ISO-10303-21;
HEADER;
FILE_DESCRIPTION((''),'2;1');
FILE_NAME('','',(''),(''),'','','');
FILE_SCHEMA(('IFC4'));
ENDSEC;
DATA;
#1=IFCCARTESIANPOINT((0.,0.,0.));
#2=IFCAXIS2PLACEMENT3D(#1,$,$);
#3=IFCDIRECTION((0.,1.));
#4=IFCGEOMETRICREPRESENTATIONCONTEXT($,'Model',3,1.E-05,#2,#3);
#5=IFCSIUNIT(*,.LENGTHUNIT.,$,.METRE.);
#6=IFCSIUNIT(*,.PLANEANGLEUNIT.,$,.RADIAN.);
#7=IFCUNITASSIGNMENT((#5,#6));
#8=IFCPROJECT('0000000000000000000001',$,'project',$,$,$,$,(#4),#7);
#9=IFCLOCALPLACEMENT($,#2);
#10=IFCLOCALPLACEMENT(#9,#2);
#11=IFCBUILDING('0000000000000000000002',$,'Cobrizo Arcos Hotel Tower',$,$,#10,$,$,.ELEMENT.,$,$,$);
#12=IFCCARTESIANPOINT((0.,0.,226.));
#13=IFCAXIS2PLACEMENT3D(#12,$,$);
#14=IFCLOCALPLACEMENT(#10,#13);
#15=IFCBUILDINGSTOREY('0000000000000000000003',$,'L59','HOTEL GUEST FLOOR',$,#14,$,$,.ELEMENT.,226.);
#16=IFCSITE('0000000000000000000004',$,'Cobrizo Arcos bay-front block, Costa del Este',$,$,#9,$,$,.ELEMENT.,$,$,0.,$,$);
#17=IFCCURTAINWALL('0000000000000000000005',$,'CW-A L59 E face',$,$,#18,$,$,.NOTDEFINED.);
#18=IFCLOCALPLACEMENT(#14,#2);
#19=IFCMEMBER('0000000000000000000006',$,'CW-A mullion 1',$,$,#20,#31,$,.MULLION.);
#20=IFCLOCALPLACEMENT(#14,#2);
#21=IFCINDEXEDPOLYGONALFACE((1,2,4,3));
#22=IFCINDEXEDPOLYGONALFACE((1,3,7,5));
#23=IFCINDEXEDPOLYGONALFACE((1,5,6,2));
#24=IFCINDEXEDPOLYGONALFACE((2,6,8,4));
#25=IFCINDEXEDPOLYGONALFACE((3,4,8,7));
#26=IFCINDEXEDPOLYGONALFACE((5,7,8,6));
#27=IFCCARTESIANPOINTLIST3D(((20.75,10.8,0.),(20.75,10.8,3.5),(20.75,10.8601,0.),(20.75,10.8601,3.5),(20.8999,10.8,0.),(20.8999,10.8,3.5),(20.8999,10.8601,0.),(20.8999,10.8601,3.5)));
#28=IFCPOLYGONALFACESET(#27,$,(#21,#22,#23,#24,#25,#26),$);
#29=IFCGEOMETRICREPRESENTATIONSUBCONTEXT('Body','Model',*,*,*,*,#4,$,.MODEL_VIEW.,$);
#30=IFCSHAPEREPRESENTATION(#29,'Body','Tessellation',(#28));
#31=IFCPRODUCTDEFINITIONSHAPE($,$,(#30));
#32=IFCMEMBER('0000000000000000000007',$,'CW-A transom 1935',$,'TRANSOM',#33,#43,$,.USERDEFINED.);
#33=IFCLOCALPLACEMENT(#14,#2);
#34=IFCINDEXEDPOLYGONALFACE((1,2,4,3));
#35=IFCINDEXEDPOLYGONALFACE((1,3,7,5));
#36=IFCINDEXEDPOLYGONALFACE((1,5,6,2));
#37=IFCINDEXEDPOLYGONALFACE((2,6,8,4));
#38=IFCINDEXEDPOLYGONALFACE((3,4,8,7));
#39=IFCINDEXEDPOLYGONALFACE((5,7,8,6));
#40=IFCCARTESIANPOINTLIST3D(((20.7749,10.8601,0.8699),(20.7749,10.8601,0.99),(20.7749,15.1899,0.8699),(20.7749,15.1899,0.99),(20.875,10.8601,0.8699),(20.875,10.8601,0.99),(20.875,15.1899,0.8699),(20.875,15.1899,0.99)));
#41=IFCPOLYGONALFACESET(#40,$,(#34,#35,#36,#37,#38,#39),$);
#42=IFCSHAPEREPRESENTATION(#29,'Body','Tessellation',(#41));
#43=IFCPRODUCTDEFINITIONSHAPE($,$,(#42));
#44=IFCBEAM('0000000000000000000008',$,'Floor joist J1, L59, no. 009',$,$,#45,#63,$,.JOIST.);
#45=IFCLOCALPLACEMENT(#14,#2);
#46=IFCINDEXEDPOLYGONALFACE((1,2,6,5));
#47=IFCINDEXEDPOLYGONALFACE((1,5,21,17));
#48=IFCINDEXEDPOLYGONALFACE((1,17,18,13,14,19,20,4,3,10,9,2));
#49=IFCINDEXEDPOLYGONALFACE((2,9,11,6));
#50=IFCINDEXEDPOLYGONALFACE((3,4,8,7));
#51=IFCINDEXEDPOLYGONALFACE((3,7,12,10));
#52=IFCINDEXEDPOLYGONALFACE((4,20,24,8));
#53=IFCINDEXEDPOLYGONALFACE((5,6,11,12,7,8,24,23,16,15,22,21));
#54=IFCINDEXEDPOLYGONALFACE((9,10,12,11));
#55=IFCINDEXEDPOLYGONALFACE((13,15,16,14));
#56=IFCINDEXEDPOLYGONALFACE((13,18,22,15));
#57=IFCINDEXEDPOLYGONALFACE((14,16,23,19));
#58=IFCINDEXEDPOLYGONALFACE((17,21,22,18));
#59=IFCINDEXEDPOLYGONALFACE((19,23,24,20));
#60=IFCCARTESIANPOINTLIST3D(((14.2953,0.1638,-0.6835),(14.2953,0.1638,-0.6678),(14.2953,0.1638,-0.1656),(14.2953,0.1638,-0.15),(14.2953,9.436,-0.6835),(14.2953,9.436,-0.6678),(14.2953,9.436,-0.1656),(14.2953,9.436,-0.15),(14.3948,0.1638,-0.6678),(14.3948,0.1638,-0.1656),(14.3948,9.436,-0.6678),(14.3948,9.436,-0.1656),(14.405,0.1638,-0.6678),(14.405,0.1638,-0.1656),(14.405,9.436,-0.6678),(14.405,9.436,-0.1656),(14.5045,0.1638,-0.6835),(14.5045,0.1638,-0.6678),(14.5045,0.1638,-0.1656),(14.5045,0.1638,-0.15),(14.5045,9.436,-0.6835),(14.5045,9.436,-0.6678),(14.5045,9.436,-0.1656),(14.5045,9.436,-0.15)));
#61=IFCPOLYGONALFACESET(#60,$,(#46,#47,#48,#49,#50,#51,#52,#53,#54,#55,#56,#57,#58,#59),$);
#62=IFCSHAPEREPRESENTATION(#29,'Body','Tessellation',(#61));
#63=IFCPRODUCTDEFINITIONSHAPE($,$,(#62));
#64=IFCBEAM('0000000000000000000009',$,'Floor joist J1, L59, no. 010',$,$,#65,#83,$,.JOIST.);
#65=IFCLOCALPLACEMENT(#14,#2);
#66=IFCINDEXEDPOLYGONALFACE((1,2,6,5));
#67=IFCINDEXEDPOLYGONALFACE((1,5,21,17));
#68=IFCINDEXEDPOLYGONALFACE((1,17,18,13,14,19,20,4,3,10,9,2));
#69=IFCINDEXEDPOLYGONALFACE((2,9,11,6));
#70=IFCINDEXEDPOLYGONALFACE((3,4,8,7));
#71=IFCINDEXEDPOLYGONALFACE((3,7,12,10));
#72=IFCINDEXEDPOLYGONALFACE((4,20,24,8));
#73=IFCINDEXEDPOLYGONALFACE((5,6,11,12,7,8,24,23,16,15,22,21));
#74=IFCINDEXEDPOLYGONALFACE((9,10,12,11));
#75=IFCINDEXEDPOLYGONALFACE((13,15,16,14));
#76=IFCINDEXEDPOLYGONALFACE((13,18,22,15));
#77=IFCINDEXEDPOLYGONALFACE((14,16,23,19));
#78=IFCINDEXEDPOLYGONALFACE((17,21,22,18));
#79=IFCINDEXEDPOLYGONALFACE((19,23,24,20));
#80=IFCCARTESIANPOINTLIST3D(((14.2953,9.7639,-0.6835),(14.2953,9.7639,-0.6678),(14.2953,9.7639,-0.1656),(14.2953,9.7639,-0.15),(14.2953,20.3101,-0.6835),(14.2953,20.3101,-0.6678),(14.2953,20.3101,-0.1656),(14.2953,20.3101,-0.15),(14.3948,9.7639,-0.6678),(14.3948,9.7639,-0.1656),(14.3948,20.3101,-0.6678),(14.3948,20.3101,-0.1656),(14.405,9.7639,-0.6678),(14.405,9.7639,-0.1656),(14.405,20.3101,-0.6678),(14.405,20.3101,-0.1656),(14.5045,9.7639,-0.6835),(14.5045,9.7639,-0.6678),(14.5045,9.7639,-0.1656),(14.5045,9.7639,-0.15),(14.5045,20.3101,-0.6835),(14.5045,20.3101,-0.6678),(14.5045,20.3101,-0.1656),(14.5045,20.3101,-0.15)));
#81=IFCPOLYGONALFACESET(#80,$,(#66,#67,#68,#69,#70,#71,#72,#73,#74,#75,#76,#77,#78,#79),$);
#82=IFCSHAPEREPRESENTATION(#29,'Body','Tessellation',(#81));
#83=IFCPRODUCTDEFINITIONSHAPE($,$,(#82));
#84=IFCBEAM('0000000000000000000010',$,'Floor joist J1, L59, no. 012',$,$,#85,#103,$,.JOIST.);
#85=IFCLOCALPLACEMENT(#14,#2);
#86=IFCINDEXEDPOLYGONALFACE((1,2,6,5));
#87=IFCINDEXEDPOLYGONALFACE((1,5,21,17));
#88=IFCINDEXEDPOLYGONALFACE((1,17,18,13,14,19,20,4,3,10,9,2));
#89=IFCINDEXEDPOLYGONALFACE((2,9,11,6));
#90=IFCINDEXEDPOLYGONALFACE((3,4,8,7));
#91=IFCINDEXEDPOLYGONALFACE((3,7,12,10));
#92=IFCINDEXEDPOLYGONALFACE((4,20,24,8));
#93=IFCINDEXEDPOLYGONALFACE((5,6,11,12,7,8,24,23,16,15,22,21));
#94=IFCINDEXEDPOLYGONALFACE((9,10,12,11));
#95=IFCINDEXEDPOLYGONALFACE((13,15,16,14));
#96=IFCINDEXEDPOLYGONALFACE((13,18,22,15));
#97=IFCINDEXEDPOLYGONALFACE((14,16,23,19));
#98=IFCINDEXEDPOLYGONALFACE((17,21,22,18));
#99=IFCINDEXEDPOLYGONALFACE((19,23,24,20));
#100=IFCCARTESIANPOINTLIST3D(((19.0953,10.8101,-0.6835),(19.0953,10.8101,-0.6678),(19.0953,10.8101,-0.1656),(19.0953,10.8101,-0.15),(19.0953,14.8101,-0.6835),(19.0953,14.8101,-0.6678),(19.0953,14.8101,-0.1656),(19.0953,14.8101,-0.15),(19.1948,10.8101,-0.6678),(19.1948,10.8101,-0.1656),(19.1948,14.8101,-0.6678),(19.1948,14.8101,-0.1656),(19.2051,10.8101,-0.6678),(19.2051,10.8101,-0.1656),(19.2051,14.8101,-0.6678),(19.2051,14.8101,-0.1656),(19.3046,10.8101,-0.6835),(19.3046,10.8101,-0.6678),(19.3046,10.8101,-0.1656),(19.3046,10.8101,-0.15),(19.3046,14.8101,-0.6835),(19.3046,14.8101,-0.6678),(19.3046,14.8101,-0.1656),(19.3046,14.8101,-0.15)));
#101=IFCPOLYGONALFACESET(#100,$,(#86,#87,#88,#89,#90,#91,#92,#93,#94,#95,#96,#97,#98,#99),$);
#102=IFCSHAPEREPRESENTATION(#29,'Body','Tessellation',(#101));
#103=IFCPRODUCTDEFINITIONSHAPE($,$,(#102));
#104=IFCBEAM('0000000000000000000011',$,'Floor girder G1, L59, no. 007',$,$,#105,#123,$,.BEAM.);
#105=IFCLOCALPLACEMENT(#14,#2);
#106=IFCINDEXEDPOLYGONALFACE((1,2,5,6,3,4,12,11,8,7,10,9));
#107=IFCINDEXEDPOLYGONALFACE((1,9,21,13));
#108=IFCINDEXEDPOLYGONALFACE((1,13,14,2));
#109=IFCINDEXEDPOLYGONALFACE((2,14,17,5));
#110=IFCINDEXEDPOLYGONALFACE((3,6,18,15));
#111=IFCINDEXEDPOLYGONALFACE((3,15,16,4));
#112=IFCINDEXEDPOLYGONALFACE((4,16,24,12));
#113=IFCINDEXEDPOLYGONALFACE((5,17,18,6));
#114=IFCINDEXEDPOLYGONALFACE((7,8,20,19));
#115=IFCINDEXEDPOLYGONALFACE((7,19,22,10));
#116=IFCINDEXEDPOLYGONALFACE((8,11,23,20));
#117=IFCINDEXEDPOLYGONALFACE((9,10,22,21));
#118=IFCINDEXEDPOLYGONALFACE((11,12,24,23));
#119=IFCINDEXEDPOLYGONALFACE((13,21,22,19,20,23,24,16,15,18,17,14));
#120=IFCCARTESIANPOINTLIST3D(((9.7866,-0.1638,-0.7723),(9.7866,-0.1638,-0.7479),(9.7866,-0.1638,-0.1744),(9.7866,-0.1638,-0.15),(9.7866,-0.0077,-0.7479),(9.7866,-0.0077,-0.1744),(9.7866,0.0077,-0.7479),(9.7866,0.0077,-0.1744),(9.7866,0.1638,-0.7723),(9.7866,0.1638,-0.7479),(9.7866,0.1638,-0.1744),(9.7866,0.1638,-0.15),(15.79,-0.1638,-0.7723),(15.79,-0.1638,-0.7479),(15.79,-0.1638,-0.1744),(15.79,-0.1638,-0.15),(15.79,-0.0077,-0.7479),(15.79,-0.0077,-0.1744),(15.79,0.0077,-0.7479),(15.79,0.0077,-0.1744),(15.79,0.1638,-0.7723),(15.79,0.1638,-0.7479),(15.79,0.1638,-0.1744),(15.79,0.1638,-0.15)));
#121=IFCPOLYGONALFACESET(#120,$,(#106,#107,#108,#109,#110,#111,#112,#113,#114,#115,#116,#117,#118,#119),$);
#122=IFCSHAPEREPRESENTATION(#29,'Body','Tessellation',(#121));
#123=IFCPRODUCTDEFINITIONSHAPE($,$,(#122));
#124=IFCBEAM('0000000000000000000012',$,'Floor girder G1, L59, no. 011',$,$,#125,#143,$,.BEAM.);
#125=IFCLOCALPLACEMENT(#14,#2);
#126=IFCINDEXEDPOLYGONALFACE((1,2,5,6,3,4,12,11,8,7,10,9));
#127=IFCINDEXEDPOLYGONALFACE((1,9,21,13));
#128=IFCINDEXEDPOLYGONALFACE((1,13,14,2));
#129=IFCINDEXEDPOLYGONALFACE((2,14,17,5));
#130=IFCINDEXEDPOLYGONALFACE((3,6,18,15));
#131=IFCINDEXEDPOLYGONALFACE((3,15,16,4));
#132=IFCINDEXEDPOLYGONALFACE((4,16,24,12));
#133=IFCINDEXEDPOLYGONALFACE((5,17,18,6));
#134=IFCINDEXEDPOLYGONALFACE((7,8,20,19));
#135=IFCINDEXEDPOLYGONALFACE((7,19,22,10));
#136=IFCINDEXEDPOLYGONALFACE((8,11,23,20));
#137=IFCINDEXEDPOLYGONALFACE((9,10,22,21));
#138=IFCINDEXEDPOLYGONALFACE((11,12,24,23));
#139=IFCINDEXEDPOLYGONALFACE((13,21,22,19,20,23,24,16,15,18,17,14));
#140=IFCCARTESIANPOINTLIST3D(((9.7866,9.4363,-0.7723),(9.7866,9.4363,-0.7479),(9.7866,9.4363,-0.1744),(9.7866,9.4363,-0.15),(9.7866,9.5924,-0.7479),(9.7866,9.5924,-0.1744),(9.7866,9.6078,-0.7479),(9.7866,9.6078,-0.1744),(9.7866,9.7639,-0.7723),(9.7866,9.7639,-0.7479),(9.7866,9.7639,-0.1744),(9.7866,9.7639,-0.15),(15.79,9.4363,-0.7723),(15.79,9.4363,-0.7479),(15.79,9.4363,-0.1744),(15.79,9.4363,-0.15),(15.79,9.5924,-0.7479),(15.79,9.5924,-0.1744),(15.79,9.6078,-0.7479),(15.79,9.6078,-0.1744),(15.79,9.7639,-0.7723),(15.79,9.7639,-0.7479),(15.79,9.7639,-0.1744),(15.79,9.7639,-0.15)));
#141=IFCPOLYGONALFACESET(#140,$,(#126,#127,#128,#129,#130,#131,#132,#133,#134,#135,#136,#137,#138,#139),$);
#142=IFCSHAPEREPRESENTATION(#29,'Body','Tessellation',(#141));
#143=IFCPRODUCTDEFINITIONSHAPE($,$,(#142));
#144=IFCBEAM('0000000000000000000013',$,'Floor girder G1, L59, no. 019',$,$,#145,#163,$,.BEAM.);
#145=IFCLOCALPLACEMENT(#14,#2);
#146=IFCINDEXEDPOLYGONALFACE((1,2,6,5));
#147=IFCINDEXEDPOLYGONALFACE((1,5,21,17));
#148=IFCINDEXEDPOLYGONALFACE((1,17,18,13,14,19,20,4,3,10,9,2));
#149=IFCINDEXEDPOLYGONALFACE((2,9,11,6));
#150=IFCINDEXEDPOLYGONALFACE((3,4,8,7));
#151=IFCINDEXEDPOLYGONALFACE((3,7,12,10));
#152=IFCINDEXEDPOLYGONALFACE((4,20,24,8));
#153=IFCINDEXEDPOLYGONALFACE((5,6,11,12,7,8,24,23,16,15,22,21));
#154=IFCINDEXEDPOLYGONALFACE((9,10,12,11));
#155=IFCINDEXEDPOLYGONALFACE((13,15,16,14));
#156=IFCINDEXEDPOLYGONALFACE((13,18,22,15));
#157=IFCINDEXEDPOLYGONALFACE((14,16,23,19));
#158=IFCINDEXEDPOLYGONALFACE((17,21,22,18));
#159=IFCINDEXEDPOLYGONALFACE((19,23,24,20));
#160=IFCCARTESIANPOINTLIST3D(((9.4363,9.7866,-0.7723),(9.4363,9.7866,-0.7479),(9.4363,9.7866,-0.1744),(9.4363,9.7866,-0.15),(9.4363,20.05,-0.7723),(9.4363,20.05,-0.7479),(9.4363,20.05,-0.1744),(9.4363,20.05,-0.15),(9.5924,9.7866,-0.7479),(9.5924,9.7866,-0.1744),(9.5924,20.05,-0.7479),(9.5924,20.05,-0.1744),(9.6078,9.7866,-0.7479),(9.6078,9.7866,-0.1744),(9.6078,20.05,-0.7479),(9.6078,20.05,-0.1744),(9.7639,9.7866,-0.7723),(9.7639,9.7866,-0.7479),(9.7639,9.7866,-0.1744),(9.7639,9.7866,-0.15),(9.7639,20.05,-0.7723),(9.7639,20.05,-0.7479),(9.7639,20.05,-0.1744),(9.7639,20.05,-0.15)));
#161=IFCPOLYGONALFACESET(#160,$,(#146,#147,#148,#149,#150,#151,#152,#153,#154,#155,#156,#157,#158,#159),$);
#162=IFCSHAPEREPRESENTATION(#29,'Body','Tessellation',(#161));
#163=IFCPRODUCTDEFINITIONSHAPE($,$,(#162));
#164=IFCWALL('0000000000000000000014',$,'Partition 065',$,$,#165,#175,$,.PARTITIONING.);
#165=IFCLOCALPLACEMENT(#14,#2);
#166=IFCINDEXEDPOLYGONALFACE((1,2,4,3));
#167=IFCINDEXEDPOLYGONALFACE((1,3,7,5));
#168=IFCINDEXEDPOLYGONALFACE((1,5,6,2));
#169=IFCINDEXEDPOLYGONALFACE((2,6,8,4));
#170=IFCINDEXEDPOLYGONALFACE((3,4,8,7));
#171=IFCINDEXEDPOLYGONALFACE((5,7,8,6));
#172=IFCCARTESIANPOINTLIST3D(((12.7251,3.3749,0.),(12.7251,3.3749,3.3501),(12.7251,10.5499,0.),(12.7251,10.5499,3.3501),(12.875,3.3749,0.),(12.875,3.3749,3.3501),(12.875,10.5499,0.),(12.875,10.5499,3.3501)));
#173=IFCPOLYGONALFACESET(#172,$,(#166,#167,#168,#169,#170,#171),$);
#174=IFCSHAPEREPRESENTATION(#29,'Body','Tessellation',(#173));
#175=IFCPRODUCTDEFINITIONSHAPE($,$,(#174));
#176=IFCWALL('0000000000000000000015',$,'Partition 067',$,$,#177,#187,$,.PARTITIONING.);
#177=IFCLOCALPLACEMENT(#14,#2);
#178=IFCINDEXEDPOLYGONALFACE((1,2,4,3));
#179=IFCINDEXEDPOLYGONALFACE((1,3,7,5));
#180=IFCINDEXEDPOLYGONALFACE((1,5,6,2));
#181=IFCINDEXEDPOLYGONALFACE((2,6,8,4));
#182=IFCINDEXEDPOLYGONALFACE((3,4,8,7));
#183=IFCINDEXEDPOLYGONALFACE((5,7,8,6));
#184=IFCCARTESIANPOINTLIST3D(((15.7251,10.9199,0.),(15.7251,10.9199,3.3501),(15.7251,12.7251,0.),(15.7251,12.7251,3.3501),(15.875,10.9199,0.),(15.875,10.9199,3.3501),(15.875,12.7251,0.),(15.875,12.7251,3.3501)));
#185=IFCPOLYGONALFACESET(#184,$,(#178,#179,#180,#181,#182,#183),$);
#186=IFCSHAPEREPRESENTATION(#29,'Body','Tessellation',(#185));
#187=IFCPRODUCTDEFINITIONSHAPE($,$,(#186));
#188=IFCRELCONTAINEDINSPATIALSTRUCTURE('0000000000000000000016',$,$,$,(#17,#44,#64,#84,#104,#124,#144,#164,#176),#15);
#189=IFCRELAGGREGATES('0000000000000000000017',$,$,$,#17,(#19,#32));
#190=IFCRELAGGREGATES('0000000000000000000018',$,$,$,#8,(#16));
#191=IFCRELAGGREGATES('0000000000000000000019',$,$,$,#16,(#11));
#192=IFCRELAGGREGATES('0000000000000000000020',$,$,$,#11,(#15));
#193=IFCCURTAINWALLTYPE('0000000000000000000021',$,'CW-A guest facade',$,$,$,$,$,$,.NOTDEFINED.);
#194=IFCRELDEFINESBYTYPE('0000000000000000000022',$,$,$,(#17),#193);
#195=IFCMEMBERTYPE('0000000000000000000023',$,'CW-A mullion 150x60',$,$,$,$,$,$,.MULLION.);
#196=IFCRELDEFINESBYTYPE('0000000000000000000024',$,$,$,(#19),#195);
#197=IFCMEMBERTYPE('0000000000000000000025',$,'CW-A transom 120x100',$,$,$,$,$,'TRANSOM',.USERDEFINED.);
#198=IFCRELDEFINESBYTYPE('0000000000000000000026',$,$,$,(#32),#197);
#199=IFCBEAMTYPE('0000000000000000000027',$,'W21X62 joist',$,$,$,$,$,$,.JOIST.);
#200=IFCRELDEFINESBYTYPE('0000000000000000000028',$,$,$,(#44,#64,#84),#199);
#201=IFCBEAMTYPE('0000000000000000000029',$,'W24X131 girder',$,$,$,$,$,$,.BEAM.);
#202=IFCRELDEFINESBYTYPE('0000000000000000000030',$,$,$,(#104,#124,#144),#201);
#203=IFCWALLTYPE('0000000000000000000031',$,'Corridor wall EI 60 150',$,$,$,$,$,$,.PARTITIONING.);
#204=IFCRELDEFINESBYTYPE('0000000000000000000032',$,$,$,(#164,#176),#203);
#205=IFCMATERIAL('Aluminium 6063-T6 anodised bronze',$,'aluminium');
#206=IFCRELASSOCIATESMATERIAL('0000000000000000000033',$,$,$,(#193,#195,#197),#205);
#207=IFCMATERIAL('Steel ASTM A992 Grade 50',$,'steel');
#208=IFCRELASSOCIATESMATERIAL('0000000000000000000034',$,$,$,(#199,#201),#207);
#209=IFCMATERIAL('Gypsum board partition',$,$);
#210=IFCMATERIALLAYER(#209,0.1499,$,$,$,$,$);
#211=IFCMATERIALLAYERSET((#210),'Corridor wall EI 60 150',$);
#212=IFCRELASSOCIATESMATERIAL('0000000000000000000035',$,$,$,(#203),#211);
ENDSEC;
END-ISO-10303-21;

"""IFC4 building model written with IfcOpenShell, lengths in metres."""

from ifc_helpers import new_model, si_unit, direction, frame, frame_2d, origin, origin_2d, place, context, subcontext, project, spatial, rectangle, i_section, extrude, material, layer, layer_set, material_profile, profile_set, type_object, element, aggregate, save


model = new_model("IFC4")

# Units and contexts
model_context = context("Model", 3, precision=1e-05, world=origin(), true_north=direction((0.0, 1.0)))
body_context = subcontext(model_context, "Body", "Model", "MODEL_VIEW")
ifc_project = project(units=[si_unit("LENGTHUNIT", "METRE"), si_unit("PLANEANGLEUNIT", "RADIAN")], contexts=[model_context])

# Site, building, storey
site_placement = place(None, origin())
site = spatial("IfcSite", under=ifc_project, at=site_placement, Name="Cobrizo Arcos bay-front block, Costa del Este", CompositionType="ELEMENT", RefElevation=0.0)
building_placement = place(site_placement, origin())
building = spatial("IfcBuilding", under=site, at=building_placement, Name="Cobrizo Arcos Hotel Tower", CompositionType="ELEMENT")
storey_placement = place(building_placement, frame((0.0, 0.0, 226.0)))
storey = spatial("IfcBuildingStorey", under=building, at=storey_placement, Name="L59", Description="HOTEL GUEST FLOOR", CompositionType="ELEMENT", Elevation=226.0)

# Curtain wall, members
ifc_material_1 = material(Name="Aluminium 6063-T6 anodised bronze", Category="aluminium")
curtain_wall_type = type_object("IfcCurtainWallType", Name="CW-A guest facade", PredefinedType="NOTDEFINED", material=ifc_material_1)
curtain_wall_placement = place(storey_placement, origin())
curtain_wall = element("IfcCurtainWall", 1, at=curtain_wall_placement, inside=storey, type_object=curtain_wall_type, Name="CW-A L59 E face", PredefinedType="NOTDEFINED")
ifc_material_profile_1 = material_profile(ifc_material_1, rectangle(XDim=0.1499, YDim=0.0601, at=origin_2d()), Name="CW-A mullion 150x60")
ifc_profile_set_1 = profile_set([ifc_material_profile_1], Name="Aluminium 6063-T6 anodised bronze")
member_type_1 = type_object("IfcMemberType", Name="CW-A mullion 150x60", PredefinedType="MULLION", material=ifc_profile_set_1)
member_1_placement = place(storey_placement, frame((20.825, 10.8301, 0.0), z_axis=(0.0, 0.0, 1.0), x_axis=(1.0, 0.0, 0.0)))
member_1 = element("IfcMember", 2, at=member_1_placement, type_object=member_type_1, Name="CW-A mullion 1", PredefinedType="MULLION", context=body_context, shape_type="SweptSolid", body=[
    extrude(rectangle(XDim=0.1499, YDim=0.0601, at=origin_2d()), origin(), (0.0, 0.0, 1.0), 3.5),
])
ifc_material_profile_2 = material_profile(ifc_material_1, rectangle(XDim=0.1001, YDim=0.1201, at=origin_2d()), Name="CW-A transom 120x100")
ifc_profile_set_2 = profile_set([ifc_material_profile_2], Name="Aluminium 6063-T6 anodised bronze")
member_type_2 = type_object("IfcMemberType", Name="CW-A transom 120x100", ElementType="TRANSOM", PredefinedType="USERDEFINED", material=ifc_profile_set_2)
member_2_placement = place(storey_placement, frame((20.825, 10.8601, 0.9299), z_axis=(0.0, 1.0, 0.0), x_axis=(-1.0, 0.0, 0.0)))
member_2 = element("IfcMember", 3, at=member_2_placement, type_object=member_type_2, Name="CW-A transom 1935", ObjectType="TRANSOM", PredefinedType="USERDEFINED", context=body_context, shape_type="SweptSolid", body=[
    extrude(rectangle(XDim=0.1001, YDim=0.1201, at=origin_2d()), origin(), (0.0, 0.0, 1.0), 4.3298),
])
aggregate(curtain_wall, [member_1, member_2])

# Beams
ifc_material_2 = material(Name="Steel ASTM A992 Grade 50", Category="steel")
ifc_material_profile_3 = material_profile(ifc_material_2, i_section(OverallWidth=0.2092, OverallDepth=0.5334, WebThickness=0.0103, FlangeThickness=0.0156, at=origin_2d()), Name="W21X62")
ifc_profile_set_3 = profile_set([ifc_material_profile_3], Name="Steel ASTM A992 Grade 50")
beam_type_1 = type_object("IfcBeamType", Name="W21X62 joist", PredefinedType="JOIST", material=ifc_profile_set_3)
beam_1_placement = place(storey_placement, frame((14.3999, 0.1638, -0.4167), z_axis=(0.0, 1.0, 0.0), x_axis=(-1.0, 0.0, 0.0)))
element("IfcBeam", 4, at=beam_1_placement, inside=storey, type_object=beam_type_1, Name="Floor joist J1, L59, no. 009", PredefinedType="JOIST", context=body_context, shape_type="SweptSolid", body=[
    extrude(i_section(OverallWidth=0.2092, OverallDepth=0.5334, WebThickness=0.0103, FlangeThickness=0.0156, at=origin_2d()), origin(), (0.0, 0.0, 1.0), 9.2722),
])
beam_2_placement = place(storey_placement, frame((14.3999, 9.7639, -0.4167), z_axis=(0.0, 1.0, 0.0), x_axis=(-1.0, 0.0, 0.0)))
element("IfcBeam", 5, at=beam_2_placement, inside=storey, type_object=beam_type_1, Name="Floor joist J1, L59, no. 010", PredefinedType="JOIST", context=body_context, shape_type="SweptSolid", body=[
    extrude(i_section(OverallWidth=0.2092, OverallDepth=0.5334, WebThickness=0.0103, FlangeThickness=0.0156, at=origin_2d()), origin(), (0.0, 0.0, 1.0), 10.5461),
])
beam_3_placement = place(storey_placement, frame((19.2, 10.8101, -0.4167), z_axis=(0.0, 1.0, 0.0), x_axis=(-1.0, 0.0, 0.0)))
element("IfcBeam", 6, at=beam_3_placement, inside=storey, type_object=beam_type_1, Name="Floor joist J1, L59, no. 012", PredefinedType="JOIST", context=body_context, shape_type="SweptSolid", body=[
    extrude(i_section(OverallWidth=0.2092, OverallDepth=0.5334, WebThickness=0.0103, FlangeThickness=0.0156, at=origin_2d()), origin(), (0.0, 0.0, 1.0), 4.0),
])
ifc_material_profile_4 = material_profile(ifc_material_2, i_section(OverallWidth=0.3276, OverallDepth=0.6223, WebThickness=0.0154, FlangeThickness=0.0244, at=origin_2d()), Name="W24X131")
ifc_profile_set_4 = profile_set([ifc_material_profile_4], Name="Steel ASTM A992 Grade 50")
beam_type_2 = type_object("IfcBeamType", Name="W24X131 girder", PredefinedType="BEAM", material=ifc_profile_set_4)
for number, where, z_axis, x_axis, name in (
    (7, (9.7866, 0.0, -0.4612), (1.0, 0.0, 0.0), (0.0, 1.0, 0.0), "Floor girder G1, L59, no. 007"),
    (8, (9.7866, 9.6001, -0.4612), (1.0, 0.0, 0.0), (0.0, 1.0, 0.0), "Floor girder G1, L59, no. 011"),
):
    element("IfcBeam", number, at=place(storey_placement, frame(where, z_axis=z_axis, x_axis=x_axis)), inside=storey, type_object=beam_type_2, Name=name, PredefinedType="BEAM", context=body_context, shape_type="SweptSolid", body=[
        extrude(i_section(OverallWidth=0.3276, OverallDepth=0.6223, WebThickness=0.0154, FlangeThickness=0.0244, at=origin_2d()), origin(), (0.0, 0.0, 1.0), 6.0034),
    ])
beam_4_placement = place(storey_placement, frame((9.6001, 9.7866, -0.4612), z_axis=(0.0, 1.0, 0.0), x_axis=(-1.0, 0.0, 0.0)))
element("IfcBeam", 9, at=beam_4_placement, inside=storey, type_object=beam_type_2, Name="Floor girder G1, L59, no. 019", PredefinedType="BEAM", context=body_context, shape_type="SweptSolid", body=[
    extrude(i_section(OverallWidth=0.3276, OverallDepth=0.6223, WebThickness=0.0154, FlangeThickness=0.0244, at=origin_2d()), origin(), (0.0, 0.0, 1.0), 10.2634),
])

# Walls
ifc_material_3 = material(Name="Gypsum board partition")
ifc_layer_1 = layer(ifc_material_3, 0.1499)
ifc_layer_set_1 = layer_set([ifc_layer_1], Name="Corridor wall EI 60 150")
wall_type_1 = type_object("IfcWallType", Name="Corridor wall EI 60 150", PredefinedType="PARTITIONING", material=ifc_layer_set_1)
wall_1_placement = place(storey_placement, frame((12.8, 3.375, 0.0), z_axis=(0.0, 0.0, 1.0), x_axis=(0.0, 1.0, 0.0)))
element("IfcWall", 10, at=wall_1_placement, inside=storey, type_object=wall_type_1, Name="Partition 065", PredefinedType="PARTITIONING", context=body_context, shape_type="SweptSolid", body=[
    extrude(rectangle(XDim=7.175, YDim=0.1499, at=frame_2d((3.5874, 0.0))), origin(), (0.0, 0.0, 1.0), 3.3501),
])
wall_2_placement = place(storey_placement, frame((15.8, 10.9199, 0.0), z_axis=(0.0, 0.0, 1.0), x_axis=(0.0, 1.0, 0.0)))
element("IfcWall", 11, at=wall_2_placement, inside=storey, type_object=wall_type_1, Name="Partition 067", PredefinedType="PARTITIONING", context=body_context, shape_type="SweptSolid", body=[
    extrude(rectangle(XDim=1.8052, YDim=0.1499, at=frame_2d((0.9026, 0.0))), origin(), (0.0, 0.0, 1.0), 3.3501),
])

save(model, "model.ifc")
